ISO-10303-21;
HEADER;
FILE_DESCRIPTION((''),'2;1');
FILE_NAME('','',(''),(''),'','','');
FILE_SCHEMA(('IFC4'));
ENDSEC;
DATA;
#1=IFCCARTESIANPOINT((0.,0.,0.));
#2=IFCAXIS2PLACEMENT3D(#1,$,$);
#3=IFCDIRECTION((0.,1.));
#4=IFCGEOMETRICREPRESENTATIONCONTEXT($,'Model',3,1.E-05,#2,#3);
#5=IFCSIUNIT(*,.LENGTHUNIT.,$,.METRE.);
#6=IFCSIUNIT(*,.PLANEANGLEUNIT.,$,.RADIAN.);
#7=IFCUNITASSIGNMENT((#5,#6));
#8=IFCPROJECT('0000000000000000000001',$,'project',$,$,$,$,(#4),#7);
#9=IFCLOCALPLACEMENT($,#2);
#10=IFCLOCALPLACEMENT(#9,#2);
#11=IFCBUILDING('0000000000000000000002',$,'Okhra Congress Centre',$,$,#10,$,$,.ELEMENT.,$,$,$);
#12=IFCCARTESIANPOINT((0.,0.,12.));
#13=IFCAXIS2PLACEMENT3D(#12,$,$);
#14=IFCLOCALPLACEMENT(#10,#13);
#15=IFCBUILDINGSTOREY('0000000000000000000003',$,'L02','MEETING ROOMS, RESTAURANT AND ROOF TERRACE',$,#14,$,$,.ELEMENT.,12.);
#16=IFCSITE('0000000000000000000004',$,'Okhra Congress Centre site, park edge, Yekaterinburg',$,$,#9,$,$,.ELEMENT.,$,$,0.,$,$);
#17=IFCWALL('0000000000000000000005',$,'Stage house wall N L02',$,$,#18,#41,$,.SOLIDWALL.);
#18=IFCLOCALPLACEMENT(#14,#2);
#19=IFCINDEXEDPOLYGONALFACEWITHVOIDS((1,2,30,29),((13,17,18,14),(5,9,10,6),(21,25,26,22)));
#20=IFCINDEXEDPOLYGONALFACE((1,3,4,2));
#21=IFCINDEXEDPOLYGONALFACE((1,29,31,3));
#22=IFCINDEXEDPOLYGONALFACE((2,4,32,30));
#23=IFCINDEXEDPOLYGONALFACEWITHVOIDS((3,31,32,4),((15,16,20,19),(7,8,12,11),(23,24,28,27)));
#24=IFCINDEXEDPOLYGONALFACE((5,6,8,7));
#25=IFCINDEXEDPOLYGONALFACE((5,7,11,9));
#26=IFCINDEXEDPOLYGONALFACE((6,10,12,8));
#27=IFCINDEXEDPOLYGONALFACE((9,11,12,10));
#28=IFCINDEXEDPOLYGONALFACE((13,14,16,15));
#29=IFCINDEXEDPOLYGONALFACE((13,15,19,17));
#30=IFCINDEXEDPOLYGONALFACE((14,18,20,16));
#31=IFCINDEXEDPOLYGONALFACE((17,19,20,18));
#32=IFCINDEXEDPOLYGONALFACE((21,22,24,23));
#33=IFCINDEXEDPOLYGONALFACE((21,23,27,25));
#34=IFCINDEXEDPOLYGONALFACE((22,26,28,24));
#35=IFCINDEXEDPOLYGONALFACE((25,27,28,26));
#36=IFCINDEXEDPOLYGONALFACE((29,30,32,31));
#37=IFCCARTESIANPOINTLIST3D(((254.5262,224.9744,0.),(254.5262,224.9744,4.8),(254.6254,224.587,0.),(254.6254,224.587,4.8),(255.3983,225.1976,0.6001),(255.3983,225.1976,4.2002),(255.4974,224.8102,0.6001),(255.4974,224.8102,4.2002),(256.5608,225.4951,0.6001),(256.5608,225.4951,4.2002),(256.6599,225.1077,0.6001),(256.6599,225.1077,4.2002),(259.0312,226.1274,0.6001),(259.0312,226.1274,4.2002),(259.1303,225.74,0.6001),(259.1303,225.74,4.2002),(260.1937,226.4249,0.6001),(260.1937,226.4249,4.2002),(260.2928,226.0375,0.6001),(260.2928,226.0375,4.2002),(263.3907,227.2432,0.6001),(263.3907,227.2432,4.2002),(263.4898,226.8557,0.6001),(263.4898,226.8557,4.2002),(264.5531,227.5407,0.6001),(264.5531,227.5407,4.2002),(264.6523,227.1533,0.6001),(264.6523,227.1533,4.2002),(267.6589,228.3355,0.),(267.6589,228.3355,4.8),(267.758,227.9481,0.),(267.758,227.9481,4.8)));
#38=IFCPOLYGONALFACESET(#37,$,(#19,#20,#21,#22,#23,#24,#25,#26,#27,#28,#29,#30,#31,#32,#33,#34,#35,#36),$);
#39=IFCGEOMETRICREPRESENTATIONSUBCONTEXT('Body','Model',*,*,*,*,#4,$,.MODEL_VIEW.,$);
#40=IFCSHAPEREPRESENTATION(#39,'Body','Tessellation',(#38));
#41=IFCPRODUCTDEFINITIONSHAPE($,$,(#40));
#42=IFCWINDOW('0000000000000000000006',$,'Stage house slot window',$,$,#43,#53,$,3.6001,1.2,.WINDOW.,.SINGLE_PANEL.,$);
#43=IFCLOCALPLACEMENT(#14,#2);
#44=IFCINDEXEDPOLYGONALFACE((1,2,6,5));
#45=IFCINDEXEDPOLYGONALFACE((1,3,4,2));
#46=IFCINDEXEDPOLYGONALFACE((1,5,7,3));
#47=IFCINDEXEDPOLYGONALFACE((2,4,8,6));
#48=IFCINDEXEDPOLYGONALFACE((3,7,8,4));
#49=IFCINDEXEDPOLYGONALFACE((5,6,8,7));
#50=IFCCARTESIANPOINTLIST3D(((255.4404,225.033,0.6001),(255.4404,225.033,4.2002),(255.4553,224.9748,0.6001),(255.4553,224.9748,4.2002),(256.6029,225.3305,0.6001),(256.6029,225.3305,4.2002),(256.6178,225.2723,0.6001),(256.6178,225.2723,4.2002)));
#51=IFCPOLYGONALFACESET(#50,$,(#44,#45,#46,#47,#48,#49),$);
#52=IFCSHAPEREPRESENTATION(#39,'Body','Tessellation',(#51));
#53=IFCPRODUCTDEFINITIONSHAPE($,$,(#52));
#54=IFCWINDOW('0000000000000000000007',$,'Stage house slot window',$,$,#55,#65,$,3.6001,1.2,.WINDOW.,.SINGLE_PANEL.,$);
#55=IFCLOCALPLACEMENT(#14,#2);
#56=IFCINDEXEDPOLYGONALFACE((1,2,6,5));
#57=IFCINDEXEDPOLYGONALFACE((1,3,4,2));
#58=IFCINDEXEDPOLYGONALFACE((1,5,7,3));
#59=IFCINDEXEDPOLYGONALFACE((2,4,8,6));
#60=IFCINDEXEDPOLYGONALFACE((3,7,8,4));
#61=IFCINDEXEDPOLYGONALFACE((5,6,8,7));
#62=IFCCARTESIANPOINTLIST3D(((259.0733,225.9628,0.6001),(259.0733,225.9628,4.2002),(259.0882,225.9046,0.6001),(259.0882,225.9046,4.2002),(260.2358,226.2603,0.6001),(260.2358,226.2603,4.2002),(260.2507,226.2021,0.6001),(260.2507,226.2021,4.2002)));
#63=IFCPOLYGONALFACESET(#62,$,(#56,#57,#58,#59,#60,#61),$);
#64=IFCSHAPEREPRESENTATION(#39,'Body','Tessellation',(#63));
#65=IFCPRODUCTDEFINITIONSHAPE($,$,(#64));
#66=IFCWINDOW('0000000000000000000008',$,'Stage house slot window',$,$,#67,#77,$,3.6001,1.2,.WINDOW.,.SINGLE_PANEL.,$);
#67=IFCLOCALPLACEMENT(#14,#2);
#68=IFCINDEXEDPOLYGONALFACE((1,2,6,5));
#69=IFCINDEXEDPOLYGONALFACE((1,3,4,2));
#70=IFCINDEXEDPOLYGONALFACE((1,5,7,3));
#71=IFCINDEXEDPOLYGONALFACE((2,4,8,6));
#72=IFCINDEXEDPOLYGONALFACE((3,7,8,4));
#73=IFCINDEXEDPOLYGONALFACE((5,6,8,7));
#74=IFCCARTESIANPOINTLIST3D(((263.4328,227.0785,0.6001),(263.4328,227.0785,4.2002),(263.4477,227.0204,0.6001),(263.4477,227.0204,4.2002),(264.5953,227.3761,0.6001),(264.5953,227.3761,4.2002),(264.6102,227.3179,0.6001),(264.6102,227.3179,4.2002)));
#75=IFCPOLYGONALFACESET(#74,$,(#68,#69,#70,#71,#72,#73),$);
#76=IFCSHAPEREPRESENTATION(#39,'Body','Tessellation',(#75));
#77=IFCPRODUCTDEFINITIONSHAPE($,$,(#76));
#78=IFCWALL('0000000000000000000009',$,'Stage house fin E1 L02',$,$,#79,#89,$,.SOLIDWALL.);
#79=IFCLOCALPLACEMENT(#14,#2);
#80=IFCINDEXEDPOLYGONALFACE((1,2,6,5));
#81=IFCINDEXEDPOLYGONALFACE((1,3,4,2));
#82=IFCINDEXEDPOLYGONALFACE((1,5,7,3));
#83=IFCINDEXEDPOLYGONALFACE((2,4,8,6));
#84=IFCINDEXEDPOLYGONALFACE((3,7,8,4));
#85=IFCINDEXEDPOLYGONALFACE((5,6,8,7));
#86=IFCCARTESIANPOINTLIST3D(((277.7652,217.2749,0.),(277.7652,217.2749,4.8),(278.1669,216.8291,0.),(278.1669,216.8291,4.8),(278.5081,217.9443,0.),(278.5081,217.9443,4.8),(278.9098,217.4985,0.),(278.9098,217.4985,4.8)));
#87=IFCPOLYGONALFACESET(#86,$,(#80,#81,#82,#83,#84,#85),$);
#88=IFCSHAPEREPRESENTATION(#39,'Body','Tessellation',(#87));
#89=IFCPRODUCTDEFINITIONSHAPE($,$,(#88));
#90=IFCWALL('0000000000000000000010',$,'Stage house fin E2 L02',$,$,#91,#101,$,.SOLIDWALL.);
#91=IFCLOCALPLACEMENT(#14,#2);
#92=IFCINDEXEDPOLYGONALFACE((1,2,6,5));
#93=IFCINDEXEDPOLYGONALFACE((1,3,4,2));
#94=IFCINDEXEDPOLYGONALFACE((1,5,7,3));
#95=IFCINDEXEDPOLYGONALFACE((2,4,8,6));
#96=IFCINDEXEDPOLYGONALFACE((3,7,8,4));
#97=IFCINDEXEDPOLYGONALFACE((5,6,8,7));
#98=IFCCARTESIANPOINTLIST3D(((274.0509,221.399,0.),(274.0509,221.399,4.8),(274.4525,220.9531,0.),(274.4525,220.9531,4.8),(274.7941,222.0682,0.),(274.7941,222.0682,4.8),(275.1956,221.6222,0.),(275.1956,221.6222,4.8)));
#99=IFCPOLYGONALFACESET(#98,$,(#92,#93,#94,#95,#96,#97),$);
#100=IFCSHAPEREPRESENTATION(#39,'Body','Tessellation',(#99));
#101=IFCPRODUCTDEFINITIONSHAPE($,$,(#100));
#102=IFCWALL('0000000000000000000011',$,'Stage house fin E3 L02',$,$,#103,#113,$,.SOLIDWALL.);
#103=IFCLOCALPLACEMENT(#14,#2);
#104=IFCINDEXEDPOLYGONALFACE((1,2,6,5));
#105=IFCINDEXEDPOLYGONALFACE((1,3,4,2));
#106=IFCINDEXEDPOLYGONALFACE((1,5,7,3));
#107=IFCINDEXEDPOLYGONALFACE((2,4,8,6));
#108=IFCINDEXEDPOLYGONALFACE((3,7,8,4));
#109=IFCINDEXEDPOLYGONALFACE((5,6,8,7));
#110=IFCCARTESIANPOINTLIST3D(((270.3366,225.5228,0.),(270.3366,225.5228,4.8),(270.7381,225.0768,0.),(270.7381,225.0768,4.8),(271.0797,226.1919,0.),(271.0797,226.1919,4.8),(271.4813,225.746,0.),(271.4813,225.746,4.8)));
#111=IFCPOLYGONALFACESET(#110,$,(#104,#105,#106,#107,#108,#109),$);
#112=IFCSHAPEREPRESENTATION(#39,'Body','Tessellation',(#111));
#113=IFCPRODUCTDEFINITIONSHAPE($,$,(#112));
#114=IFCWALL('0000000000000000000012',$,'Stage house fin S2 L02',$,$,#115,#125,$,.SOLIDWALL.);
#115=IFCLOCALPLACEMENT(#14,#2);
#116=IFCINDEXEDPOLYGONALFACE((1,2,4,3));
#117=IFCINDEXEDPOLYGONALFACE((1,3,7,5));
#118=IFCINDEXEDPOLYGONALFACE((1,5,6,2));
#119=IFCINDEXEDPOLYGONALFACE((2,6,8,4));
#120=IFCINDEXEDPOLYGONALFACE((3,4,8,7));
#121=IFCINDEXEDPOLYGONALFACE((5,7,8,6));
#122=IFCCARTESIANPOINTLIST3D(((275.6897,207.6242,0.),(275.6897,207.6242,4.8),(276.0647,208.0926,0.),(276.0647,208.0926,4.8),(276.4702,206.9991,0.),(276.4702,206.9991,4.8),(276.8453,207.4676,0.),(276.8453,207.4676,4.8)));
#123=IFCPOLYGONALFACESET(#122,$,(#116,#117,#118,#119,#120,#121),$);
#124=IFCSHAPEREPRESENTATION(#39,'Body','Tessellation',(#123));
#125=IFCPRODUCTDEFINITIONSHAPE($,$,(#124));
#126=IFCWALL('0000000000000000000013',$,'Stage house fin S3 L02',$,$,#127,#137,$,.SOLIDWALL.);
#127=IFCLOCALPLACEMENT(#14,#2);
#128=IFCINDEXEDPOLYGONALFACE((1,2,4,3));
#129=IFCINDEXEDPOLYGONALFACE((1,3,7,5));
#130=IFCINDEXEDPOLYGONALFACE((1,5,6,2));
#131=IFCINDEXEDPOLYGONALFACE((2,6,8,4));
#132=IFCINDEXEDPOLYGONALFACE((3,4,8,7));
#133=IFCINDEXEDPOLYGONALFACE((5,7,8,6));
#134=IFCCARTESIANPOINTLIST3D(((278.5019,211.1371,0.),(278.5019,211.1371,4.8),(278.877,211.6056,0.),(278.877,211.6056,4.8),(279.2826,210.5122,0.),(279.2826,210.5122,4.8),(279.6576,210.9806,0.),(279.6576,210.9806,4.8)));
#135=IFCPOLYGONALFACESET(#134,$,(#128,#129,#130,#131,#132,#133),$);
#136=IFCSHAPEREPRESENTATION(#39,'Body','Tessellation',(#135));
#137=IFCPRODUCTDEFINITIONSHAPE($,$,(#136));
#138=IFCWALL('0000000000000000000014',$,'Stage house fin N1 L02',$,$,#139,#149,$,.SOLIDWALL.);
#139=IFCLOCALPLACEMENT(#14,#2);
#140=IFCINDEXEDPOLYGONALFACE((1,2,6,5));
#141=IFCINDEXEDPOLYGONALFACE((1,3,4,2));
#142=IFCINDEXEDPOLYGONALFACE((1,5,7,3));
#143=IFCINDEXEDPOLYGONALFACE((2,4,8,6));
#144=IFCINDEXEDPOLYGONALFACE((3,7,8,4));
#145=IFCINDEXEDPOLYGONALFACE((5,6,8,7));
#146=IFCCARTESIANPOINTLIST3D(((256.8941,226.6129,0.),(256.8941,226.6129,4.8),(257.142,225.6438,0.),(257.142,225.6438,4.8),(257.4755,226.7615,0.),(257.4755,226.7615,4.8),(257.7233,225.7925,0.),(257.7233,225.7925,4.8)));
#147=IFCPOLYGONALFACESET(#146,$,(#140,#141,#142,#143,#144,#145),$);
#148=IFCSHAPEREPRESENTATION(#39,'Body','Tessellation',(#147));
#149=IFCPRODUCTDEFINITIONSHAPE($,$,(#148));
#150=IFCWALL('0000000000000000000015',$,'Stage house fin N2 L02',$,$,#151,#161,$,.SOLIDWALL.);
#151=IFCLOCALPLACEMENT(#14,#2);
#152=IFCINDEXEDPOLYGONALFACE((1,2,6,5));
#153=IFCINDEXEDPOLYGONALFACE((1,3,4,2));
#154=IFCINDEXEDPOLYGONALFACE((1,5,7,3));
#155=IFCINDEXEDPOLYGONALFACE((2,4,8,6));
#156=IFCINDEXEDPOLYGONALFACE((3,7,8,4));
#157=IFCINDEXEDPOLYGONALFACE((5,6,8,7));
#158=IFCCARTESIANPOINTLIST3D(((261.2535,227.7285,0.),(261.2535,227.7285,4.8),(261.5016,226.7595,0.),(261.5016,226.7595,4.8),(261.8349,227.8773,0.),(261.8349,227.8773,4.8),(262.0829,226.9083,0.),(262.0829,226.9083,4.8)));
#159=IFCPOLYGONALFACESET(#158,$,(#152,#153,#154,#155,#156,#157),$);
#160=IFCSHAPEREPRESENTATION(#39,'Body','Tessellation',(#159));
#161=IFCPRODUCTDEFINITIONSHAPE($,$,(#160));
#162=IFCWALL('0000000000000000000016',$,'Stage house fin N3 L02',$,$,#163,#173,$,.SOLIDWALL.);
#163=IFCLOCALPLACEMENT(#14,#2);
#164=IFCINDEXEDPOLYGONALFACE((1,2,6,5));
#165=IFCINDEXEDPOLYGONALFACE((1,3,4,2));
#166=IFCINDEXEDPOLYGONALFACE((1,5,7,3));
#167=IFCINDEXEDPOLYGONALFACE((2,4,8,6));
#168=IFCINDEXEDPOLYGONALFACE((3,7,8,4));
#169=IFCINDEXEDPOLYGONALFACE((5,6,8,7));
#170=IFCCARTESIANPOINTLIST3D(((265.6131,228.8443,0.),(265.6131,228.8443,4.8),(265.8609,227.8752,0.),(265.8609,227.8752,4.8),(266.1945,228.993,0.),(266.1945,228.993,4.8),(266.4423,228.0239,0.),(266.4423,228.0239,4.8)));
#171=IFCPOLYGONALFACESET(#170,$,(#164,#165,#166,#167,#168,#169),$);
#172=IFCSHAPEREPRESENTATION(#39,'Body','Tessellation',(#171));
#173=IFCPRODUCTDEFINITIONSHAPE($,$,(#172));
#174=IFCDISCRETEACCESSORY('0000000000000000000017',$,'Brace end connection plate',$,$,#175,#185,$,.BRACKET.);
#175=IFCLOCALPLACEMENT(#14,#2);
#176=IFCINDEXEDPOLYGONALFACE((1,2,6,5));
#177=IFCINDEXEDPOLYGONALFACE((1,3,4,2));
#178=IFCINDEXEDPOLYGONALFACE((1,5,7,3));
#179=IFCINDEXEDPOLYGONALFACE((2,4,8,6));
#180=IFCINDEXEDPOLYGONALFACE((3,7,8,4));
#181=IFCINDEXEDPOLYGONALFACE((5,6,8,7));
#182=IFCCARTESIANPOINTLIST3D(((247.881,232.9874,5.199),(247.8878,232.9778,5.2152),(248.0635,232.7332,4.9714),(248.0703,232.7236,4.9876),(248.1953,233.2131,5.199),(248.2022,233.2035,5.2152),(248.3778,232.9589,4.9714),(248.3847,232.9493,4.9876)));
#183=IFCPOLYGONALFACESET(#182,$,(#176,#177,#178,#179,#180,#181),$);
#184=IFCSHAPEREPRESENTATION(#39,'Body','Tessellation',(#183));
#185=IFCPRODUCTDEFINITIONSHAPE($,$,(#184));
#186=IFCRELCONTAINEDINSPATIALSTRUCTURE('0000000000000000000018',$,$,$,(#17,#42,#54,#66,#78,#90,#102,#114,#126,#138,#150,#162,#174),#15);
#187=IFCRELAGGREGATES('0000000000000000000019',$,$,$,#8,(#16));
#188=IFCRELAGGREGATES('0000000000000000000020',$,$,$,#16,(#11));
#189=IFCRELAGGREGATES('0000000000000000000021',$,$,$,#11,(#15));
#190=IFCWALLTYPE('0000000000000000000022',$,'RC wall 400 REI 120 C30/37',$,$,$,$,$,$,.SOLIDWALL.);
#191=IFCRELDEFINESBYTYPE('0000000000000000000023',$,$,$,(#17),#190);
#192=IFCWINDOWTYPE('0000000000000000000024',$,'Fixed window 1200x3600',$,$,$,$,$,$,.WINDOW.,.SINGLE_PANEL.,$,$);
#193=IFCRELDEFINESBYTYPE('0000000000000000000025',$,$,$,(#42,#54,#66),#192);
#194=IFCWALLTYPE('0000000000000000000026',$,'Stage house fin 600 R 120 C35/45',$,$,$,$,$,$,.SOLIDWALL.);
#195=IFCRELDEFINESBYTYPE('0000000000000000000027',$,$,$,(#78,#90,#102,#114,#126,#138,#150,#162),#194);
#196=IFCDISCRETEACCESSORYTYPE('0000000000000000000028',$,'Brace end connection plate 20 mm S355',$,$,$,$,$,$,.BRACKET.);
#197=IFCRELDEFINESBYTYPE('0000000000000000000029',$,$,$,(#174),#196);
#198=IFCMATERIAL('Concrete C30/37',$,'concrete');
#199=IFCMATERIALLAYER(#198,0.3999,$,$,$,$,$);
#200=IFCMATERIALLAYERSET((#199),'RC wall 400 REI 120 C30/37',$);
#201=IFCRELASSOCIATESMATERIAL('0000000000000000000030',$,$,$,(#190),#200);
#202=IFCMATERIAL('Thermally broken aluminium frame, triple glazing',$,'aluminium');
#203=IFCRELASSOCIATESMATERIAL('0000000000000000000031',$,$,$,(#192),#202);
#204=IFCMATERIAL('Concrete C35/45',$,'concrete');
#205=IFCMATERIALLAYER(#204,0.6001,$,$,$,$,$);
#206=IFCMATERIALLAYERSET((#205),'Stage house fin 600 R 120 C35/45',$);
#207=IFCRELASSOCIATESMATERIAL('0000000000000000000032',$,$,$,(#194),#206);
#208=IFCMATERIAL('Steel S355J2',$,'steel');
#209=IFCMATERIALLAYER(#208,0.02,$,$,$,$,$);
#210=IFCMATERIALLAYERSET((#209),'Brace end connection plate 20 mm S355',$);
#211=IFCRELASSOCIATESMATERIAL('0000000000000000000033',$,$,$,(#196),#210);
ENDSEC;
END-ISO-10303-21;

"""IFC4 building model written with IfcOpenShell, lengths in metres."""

from ifc_helpers import new_model, si_unit, direction, frame, frame_2d, origin, origin_2d, place, context, subcontext, project, spatial, rectangle, extrude, material, layer, layer_set, type_object, element, fill, save


model = new_model("IFC4")

# Units and contexts
model_context = context("Model", 3, precision=1e-05, world=origin(), true_north=direction((0.0, 1.0)))
body_context = subcontext(model_context, "Body", "Model", "MODEL_VIEW")
ifc_project = project(units=[si_unit("LENGTHUNIT", "METRE"), si_unit("PLANEANGLEUNIT", "RADIAN")], contexts=[model_context])

# Site, building, storey
site_placement = place(None, origin())
site = spatial("IfcSite", under=ifc_project, at=site_placement, Name="Okhra Congress Centre site, park edge, Yekaterinburg", CompositionType="ELEMENT", RefElevation=0.0)
building_placement = place(site_placement, origin())
building = spatial("IfcBuilding", under=site, at=building_placement, Name="Okhra Congress Centre", CompositionType="ELEMENT")
storey_placement = place(building_placement, frame((0.0, 0.0, 12.0)))
storey = spatial("IfcBuildingStorey", under=building, at=storey_placement, Name="L02", Description="MEETING ROOMS, RESTAURANT AND ROOF TERRACE", CompositionType="ELEMENT", Elevation=12.0)

# Wall, openings, windows
ifc_material_1 = material(Name="Concrete C30/37", Category="concrete")
ifc_layer_1 = layer(ifc_material_1, 0.3999)
ifc_layer_set_1 = layer_set([ifc_layer_1], Name="RC wall 400 REI 120 C30/37")
wall_type_1 = type_object("IfcWallType", Name="RC wall 400 REI 120 C30/37", PredefinedType="SOLIDWALL", material=ifc_layer_set_1)
ifc_material_2 = material(Name="Thermally broken aluminium frame, triple glazing", Category="aluminium")
window_type = type_object("IfcWindowType", Name="Fixed window 1200x3600", PartitioningType="SINGLE_PANEL", PredefinedType="WINDOW", material=ifc_material_2)
wall_1_placement = place(storey_placement, frame((254.5759, 224.7808, 0.0), z_axis=(0.0, 0.0, 1.0), x_axis=(0.968775, 0.247943, 0.0)))
wall_1 = element("IfcWall", 1, at=wall_1_placement, inside=storey, type_object=wall_type_1, Name="Stage house wall N L02", PredefinedType="SOLIDWALL", context=body_context, shape_type="SweptSolid", body=[
    extrude(rectangle(XDim=13.5559, YDim=0.3999, at=frame_2d((6.7778, 0.0))), origin(), (0.0, 0.0, 1.0), 4.8),
])
opening_1_placement = place(wall_1_placement, frame((0.8999, 0.0, 0.6001)))
opening_1 = element("IfcOpeningElement", 2, at=opening_1_placement, cuts=wall_1, PredefinedType="OPENING", context=body_context, shape_type="SweptSolid", body=[
    extrude(rectangle(XDim=1.2, YDim=3.6001, at=frame_2d((0.6001, 1.8))), frame((0.0, 0.21, 0.0), z_axis=(0.0, -1.0, 0.0), x_axis=(1.0, 0.0, 0.0)), (0.0, 0.0, 1.0), 0.4199),
])
opening_2_placement = place(wall_1_placement, frame((4.6499, 0.0, 0.6001)))
opening_2 = element("IfcOpeningElement", 3, at=opening_2_placement, cuts=wall_1, PredefinedType="OPENING", context=body_context, shape_type="SweptSolid", body=[
    extrude(rectangle(XDim=1.2, YDim=3.6001, at=frame_2d((0.6001, 1.8))), frame((0.0, 0.21, 0.0), z_axis=(0.0, -1.0, 0.0), x_axis=(1.0, 0.0, 0.0)), (0.0, 0.0, 1.0), 0.4199),
])
opening_3_placement = place(wall_1_placement, frame((9.1499, 0.0, 0.6001)))
opening_3 = element("IfcOpeningElement", 4, at=opening_3_placement, cuts=wall_1, PredefinedType="OPENING", context=body_context, shape_type="SweptSolid", body=[
    extrude(rectangle(XDim=1.2, YDim=3.6001, at=frame_2d((0.6001, 1.8))), frame((0.0, 0.21, 0.0), z_axis=(0.0, -1.0, 0.0), x_axis=(1.0, 0.0, 0.0)), (0.0, 0.0, 1.0), 0.4199),
])
window_1_placement = place(opening_1_placement, origin())
window_1 = element("IfcWindow", 5, at=window_1_placement, inside=storey, type_object=window_type, Name="Stage house slot window", OverallHeight=3.6001, OverallWidth=1.2, PartitioningType="SINGLE_PANEL", PredefinedType="WINDOW", context=body_context, shape_type="SweptSolid", body=[
    extrude(rectangle(XDim=1.2, YDim=3.6001, at=frame_2d((0.6001, 1.8))), frame((0.0, 0.03, 0.0), z_axis=(0.0, -1.0, 0.0), x_axis=(1.0, 0.0, 0.0)), (0.0, 0.0, 1.0), 0.0601),
])
fill(opening_1, window_1)
window_2_placement = place(opening_2_placement, origin())
window_2 = element("IfcWindow", 6, at=window_2_placement, inside=storey, type_object=window_type, Name="Stage house slot window", OverallHeight=3.6001, OverallWidth=1.2, PartitioningType="SINGLE_PANEL", PredefinedType="WINDOW", context=body_context, shape_type="SweptSolid", body=[
    extrude(rectangle(XDim=1.2, YDim=3.6001, at=frame_2d((0.6001, 1.8))), frame((0.0, 0.03, 0.0), z_axis=(0.0, -1.0, 0.0), x_axis=(1.0, 0.0, 0.0)), (0.0, 0.0, 1.0), 0.0601),
])
fill(opening_2, window_2)
window_3_placement = place(opening_3_placement, origin())
window_3 = element("IfcWindow", 7, at=window_3_placement, inside=storey, type_object=window_type, Name="Stage house slot window", OverallHeight=3.6001, OverallWidth=1.2, PartitioningType="SINGLE_PANEL", PredefinedType="WINDOW", context=body_context, shape_type="SweptSolid", body=[
    extrude(rectangle(XDim=1.2, YDim=3.6001, at=frame_2d((0.6001, 1.8))), frame((0.0, 0.03, 0.0), z_axis=(0.0, -1.0, 0.0), x_axis=(1.0, 0.0, 0.0)), (0.0, 0.0, 1.0), 0.0601),
])
fill(opening_3, window_3)

# Walls
ifc_material_3 = material(Name="Concrete C35/45", Category="concrete")
ifc_layer_2 = layer(ifc_material_3, 0.6001)
ifc_layer_set_2 = layer_set([ifc_layer_2], Name="Stage house fin 600 R 120 C35/45")
wall_type_2 = type_object("IfcWallType", Name="Stage house fin 600 R 120 C35/45", PredefinedType="SOLIDWALL", material=ifc_layer_set_2)
for number, where, z_axis, x_axis, name in (
    (8, (277.9661, 217.052, 0.0), (0.0, 0.0, 1.0), (0.742893, 0.66941, 0.0), "Stage house fin E1 L02"),
    (9, (274.2517, 221.176, 0.0), (0.0, 0.0, 1.0), (0.743124, 0.669154, 0.0), "Stage house fin E2 L02"),
    (10, (270.5374, 225.2998, 0.0), (0.0, 0.0, 1.0), (0.743124, 0.669154, 0.0), "Stage house fin E3 L02"),
    (11, (275.8772, 207.8584, 0.0), (0.0, 0.0, 1.0), (0.780583, -0.625052, 0.0), "Stage house fin S2 L02"),
    (12, (278.6895, 211.3713, 0.0), (0.0, 0.0, 1.0), (0.780678, -0.624933, 0.0), "Stage house fin S3 L02"),
):
    element("IfcWall", number, at=place(storey_placement, frame(where, z_axis=z_axis, x_axis=x_axis)), inside=storey, type_object=wall_type_2, Name=name, PredefinedType="SOLIDWALL", context=body_context, shape_type="SweptSolid", body=[
        extrude(rectangle(XDim=1.0, YDim=0.6001, at=frame_2d((0.5, 0.0))), origin(), (0.0, 0.0, 1.0), 4.8),
    ])
for number, where, z_axis, x_axis, name in (
    (13, (257.4326, 225.7183, 0.0), (0.0, 0.0, 1.0), (-0.247759, 0.968822, 0.0), "Stage house fin N1 L02"),
    (14, (261.7922, 226.834, 0.0), (0.0, 0.0, 1.0), (-0.247988, 0.968763, 0.0), "Stage house fin N2 L02"),
    (15, (266.1516, 227.9497, 0.0), (0.0, 0.0, 1.0), (-0.247759, 0.968822, 0.0), "Stage house fin N3 L02"),
):
    element("IfcWall", number, at=place(storey_placement, frame(where, z_axis=z_axis, x_axis=x_axis)), inside=storey, type_object=wall_type_2, Name=name, PredefinedType="SOLIDWALL", context=body_context, shape_type="SweptSolid", body=[
        extrude(rectangle(XDim=1.0002, YDim=0.6001, at=frame_2d((0.5, 0.0))), origin(), (0.0, 0.0, 1.0), 4.8),
    ])

# Discrete accessory
ifc_material_4 = material(Name="Steel S355J2", Category="steel")
ifc_layer_3 = layer(ifc_material_4, 0.02)
ifc_layer_set_3 = layer_set([ifc_layer_3], Name="Brace end connection plate 20 mm S355")
discrete_accessory_type = type_object("IfcDiscreteAccessoryType", Name="Brace end connection plate 20 mm S355", PredefinedType="BRACKET", material=ifc_layer_set_3)
discrete_accessory_placement = place(storey_placement, frame((248.1294, 232.9731, 5.0852), z_axis=(0.343074, -0.477854, 0.808675), x_axis=(0.812324, 0.583207, 0.0)))
element("IfcDiscreteAccessory", 16, at=discrete_accessory_placement, inside=storey, type_object=discrete_accessory_type, Name="Brace end connection plate", PredefinedType="BRACKET", context=body_context, shape_type="SweptSolid", body=[
    extrude(rectangle(XDim=0.387, YDim=0.387, at=origin_2d()), origin(), (0.0, 0.0, 1.0), 0.02),
])

save(model, "model.ifc")
